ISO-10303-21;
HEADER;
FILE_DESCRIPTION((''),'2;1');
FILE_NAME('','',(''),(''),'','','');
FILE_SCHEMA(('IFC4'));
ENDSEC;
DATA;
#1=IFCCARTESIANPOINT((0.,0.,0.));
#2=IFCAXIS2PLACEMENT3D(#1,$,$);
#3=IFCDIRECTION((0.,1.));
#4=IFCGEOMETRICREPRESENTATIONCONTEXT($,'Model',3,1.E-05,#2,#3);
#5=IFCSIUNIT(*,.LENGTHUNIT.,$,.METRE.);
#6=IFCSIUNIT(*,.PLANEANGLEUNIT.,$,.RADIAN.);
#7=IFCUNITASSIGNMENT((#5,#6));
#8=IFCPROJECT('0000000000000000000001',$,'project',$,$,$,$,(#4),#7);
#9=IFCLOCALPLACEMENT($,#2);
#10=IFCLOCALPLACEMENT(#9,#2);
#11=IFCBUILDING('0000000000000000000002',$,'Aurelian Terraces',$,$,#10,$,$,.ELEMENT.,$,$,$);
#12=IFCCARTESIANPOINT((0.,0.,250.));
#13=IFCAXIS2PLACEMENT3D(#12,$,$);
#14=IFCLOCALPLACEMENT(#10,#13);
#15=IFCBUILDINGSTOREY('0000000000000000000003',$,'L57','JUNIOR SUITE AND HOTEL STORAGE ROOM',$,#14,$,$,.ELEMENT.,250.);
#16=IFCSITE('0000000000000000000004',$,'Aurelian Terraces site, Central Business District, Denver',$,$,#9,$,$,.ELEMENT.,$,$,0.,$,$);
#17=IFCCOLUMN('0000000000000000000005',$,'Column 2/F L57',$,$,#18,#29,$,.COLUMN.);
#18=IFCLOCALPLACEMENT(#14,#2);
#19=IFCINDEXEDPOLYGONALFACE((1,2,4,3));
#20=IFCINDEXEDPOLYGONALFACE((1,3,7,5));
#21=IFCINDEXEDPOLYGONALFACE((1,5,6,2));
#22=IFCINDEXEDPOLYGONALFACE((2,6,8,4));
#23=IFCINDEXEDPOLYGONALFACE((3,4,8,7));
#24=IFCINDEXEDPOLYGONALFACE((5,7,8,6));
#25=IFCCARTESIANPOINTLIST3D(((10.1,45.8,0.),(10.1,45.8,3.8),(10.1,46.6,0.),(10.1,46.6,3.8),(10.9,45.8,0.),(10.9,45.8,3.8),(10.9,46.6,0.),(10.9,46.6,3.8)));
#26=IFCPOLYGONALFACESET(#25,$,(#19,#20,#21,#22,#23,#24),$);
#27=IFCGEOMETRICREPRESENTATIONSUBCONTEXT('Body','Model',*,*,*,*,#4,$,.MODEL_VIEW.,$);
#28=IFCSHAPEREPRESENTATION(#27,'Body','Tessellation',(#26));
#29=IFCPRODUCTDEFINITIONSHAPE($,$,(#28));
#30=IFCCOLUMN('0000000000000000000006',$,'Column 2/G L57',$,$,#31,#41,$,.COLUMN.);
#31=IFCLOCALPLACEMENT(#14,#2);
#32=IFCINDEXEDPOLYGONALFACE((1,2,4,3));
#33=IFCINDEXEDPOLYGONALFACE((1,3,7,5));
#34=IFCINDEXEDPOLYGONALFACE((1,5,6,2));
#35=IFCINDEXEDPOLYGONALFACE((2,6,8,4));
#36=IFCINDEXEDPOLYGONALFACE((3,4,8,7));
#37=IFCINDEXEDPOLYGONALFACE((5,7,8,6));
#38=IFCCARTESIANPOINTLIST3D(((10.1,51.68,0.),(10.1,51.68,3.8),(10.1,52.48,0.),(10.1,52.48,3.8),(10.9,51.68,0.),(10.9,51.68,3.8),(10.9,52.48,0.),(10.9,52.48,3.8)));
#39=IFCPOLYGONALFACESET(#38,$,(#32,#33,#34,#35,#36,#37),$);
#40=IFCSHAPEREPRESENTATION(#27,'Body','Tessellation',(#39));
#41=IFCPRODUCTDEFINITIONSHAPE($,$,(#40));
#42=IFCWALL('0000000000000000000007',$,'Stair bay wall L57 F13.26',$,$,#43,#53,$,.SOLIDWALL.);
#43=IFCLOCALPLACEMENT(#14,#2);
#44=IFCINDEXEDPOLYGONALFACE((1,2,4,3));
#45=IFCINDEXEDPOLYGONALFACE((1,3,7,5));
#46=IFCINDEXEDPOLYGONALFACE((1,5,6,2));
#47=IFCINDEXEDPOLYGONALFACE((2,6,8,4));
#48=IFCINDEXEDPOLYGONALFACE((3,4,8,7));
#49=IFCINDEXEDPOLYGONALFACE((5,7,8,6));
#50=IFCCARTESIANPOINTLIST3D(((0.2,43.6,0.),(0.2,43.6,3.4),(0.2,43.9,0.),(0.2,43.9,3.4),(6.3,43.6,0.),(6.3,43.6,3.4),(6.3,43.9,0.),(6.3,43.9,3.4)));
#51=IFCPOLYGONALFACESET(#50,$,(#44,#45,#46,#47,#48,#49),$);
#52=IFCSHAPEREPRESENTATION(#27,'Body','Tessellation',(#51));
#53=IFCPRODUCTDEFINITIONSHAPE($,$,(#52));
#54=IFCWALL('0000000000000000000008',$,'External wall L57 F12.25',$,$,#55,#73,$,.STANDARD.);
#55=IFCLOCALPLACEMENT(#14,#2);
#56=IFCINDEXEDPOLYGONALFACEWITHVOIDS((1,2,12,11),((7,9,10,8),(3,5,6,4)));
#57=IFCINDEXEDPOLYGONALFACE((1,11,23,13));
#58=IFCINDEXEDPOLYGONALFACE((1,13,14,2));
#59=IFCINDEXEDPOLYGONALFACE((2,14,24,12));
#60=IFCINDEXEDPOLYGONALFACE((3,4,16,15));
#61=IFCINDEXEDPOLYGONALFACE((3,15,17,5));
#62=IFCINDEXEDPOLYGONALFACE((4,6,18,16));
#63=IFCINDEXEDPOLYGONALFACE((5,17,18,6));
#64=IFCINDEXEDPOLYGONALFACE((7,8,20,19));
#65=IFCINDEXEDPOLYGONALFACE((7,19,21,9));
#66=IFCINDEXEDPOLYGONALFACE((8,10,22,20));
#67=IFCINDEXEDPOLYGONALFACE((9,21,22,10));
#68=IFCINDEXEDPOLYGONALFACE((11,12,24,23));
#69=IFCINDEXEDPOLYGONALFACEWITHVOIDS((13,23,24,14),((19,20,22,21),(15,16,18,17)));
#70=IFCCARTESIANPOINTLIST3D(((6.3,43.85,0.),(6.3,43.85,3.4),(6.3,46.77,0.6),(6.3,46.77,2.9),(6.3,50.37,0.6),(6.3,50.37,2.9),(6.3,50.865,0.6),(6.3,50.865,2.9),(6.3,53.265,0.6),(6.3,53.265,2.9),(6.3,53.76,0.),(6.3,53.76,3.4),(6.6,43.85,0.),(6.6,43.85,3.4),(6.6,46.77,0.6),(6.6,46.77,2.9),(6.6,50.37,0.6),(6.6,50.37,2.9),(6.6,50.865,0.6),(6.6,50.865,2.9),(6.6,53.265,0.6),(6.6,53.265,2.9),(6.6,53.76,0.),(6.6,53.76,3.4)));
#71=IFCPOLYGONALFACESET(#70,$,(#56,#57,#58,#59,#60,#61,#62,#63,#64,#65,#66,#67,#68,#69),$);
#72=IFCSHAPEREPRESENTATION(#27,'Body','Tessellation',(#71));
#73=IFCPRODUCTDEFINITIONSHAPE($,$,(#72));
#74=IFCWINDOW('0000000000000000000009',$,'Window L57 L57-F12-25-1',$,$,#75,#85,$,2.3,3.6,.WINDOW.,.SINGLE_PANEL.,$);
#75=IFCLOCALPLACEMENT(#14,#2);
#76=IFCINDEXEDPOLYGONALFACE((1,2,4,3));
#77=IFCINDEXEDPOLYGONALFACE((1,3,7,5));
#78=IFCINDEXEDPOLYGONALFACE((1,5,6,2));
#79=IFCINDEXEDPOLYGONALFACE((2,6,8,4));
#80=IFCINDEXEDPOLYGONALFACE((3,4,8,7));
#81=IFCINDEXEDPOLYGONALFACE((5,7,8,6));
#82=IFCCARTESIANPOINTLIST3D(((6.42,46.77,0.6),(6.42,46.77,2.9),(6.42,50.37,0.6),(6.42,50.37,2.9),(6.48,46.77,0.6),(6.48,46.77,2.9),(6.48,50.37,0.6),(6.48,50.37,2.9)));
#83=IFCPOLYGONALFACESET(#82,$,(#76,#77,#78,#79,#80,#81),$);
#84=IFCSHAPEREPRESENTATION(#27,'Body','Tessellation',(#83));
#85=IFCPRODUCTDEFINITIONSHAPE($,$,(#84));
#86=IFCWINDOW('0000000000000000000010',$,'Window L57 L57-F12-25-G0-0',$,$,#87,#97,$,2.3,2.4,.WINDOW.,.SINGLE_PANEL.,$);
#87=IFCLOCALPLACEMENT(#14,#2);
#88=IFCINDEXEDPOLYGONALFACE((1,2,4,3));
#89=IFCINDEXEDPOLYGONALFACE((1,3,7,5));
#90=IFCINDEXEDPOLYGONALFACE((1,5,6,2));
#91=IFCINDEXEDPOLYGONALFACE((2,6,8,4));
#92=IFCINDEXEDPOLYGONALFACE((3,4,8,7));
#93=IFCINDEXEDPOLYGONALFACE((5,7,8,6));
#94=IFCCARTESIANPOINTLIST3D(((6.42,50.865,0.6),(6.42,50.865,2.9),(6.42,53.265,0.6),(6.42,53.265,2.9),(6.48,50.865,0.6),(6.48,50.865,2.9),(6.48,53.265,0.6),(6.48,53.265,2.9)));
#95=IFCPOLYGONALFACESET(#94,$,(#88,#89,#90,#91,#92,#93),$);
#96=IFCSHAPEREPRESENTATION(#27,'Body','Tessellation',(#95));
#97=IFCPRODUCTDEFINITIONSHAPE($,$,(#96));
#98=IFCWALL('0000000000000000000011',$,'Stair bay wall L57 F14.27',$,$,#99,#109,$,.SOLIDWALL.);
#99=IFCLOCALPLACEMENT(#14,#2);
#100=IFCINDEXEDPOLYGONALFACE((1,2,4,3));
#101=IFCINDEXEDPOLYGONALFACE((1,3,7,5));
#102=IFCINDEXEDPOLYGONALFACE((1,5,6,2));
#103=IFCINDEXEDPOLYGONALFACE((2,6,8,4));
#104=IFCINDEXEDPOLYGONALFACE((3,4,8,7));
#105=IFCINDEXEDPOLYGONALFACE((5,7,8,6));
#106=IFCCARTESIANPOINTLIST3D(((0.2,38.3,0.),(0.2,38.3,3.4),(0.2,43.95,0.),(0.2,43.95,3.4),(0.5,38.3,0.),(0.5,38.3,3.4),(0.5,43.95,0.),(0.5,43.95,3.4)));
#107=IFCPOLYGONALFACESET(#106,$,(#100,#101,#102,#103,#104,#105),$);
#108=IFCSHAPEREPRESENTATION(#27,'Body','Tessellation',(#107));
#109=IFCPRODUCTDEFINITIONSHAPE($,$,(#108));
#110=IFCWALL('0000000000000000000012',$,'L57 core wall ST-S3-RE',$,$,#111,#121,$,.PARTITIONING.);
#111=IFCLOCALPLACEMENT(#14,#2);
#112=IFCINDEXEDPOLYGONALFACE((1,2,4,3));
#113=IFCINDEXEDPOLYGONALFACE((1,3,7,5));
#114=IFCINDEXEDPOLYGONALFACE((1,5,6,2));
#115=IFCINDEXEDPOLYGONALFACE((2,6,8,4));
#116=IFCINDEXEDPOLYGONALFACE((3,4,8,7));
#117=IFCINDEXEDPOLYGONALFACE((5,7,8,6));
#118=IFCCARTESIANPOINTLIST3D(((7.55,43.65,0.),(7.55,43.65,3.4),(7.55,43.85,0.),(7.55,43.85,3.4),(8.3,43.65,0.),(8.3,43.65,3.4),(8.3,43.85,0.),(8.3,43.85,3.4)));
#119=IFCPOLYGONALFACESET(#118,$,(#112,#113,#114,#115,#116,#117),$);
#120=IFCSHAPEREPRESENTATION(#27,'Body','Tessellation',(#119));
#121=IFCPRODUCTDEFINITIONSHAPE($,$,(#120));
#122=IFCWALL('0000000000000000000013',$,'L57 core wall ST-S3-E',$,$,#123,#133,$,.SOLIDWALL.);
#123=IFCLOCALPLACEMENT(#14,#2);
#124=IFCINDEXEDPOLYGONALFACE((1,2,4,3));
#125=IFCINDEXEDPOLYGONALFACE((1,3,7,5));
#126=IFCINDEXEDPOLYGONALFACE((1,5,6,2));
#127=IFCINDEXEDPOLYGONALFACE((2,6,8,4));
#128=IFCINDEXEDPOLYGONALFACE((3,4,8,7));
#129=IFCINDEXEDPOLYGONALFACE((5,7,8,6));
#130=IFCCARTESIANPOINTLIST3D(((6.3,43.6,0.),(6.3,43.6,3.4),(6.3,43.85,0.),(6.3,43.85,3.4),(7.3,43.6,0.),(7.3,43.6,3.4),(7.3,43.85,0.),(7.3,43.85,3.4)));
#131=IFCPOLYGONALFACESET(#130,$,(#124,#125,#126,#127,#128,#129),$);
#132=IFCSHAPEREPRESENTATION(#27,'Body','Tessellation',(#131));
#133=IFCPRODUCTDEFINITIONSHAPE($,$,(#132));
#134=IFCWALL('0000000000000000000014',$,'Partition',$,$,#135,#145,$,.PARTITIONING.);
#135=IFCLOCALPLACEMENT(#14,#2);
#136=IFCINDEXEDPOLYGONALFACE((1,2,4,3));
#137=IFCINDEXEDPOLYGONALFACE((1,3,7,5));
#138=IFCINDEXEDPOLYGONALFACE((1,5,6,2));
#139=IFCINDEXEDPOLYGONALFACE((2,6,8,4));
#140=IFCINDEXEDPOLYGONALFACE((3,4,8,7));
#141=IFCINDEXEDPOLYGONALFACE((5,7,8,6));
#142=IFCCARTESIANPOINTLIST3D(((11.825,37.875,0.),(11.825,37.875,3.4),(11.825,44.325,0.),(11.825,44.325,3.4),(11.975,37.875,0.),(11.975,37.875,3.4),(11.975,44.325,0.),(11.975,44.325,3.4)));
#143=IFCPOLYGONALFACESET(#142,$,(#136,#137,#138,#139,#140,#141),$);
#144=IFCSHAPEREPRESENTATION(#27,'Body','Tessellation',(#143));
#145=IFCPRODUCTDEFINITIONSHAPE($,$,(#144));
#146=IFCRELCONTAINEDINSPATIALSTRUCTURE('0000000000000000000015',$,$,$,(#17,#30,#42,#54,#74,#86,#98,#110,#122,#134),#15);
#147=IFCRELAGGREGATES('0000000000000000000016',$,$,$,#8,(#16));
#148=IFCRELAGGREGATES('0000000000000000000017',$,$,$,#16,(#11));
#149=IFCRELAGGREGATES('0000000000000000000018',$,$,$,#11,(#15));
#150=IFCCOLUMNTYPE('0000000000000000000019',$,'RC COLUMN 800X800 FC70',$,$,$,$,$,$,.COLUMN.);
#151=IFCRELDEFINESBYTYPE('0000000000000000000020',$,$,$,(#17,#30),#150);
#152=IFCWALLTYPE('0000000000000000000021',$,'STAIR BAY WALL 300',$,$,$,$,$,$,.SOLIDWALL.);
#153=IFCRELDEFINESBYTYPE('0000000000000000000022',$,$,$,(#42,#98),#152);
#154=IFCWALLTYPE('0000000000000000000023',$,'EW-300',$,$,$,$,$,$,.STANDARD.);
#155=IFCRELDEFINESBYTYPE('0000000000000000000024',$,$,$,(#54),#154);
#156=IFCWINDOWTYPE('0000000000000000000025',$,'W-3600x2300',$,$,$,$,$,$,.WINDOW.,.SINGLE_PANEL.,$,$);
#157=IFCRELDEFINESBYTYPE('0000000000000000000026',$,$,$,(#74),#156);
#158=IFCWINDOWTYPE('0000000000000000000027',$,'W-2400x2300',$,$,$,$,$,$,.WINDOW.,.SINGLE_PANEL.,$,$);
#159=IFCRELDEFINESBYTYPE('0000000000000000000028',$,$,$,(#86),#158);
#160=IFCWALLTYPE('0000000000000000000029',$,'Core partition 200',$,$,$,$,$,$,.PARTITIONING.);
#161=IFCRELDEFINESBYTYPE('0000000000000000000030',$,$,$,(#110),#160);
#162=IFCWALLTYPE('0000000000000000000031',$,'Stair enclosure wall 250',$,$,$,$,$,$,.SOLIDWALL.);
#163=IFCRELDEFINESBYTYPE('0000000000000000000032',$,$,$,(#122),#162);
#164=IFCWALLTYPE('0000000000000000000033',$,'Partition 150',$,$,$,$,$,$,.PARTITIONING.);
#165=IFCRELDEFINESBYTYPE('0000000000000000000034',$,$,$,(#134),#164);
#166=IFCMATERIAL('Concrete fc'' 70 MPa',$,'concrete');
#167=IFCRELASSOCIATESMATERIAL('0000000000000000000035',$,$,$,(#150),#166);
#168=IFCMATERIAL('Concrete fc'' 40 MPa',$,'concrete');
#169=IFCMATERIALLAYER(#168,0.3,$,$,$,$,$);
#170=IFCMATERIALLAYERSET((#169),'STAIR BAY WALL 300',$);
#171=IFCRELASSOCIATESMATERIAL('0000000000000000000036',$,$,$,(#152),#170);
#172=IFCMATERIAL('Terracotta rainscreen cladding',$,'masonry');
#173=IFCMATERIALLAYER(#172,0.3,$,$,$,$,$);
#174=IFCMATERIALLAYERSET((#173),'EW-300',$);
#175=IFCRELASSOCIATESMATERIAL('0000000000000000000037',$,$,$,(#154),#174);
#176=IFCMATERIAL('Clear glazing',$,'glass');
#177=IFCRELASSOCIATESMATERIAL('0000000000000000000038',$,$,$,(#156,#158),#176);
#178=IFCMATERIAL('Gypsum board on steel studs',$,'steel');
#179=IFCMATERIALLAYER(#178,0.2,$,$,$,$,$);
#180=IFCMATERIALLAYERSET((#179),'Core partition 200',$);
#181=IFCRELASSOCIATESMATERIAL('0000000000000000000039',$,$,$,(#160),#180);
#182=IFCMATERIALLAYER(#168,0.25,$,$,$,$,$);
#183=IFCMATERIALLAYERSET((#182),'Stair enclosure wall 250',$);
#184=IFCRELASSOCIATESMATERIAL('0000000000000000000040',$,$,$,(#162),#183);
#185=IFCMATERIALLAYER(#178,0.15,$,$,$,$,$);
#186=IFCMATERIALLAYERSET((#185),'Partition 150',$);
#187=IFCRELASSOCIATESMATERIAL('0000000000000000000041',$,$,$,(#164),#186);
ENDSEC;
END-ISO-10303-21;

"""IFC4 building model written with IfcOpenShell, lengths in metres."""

from ifc_helpers import new_model, si_unit, direction, frame, frame_2d, origin, origin_2d, place, context, subcontext, project, spatial, rectangle, extrude, source, transform, mapped, material, layer, layer_set, material_profile, profile_set, type_object, element, fill, save


model = new_model("IFC4")

# Units and contexts
model_context = context("Model", 3, precision=1e-05, world=origin(), true_north=direction((0.0, 1.0)))
body_context = subcontext(model_context, "Body", "Model", "MODEL_VIEW")
ifc_project = project(units=[si_unit("LENGTHUNIT", "METRE"), si_unit("PLANEANGLEUNIT", "RADIAN")], contexts=[model_context])

# Site, building, storey
site_placement = place(None, origin())
site = spatial("IfcSite", under=ifc_project, at=site_placement, Name="Aurelian Terraces site, Central Business District, Denver", CompositionType="ELEMENT", RefElevation=0.0)
building_placement = place(site_placement, origin())
building = spatial("IfcBuilding", under=site, at=building_placement, Name="Aurelian Terraces", CompositionType="ELEMENT")
storey_placement = place(building_placement, frame((0.0, 0.0, 250.0)))
storey = spatial("IfcBuildingStorey", under=building, at=storey_placement, Name="L57", Description="JUNIOR SUITE AND HOTEL STORAGE ROOM", CompositionType="ELEMENT", Elevation=250.0)

# Columns
ifc_material_1 = material(Name="Concrete fc' 70 MPa", Category="concrete")
ifc_material_profile = material_profile(ifc_material_1, rectangle(XDim=0.8, YDim=0.8, at=origin_2d()))
ifc_profile_set = profile_set([ifc_material_profile], Name="Concrete fc' 70 MPa")
column_type = type_object("IfcColumnType", Name="RC COLUMN 800X800 FC70", PredefinedType="COLUMN", material=ifc_profile_set)
shared_shape_1 = source(origin(), body_context, "Body", "SweptSolid", [
    extrude(rectangle(XDim=0.8, YDim=0.8, at=origin_2d()), origin(), (0.0, 0.0, 1.0), 3.8),
])
for number, where, z_axis, x_axis, name in (
    (1, (10.5, 46.2, 0.0), (0.0, 0.0, 1.0), (1.0, 0.0, 0.0), "Column 2/F L57"),
    (2, (10.5, 52.08, 0.0), (0.0, 0.0, 1.0), (1.0, 0.0, 0.0), "Column 2/G L57"),
):
    element("IfcColumn", number, at=place(storey_placement, frame(where, z_axis=z_axis, x_axis=x_axis)), inside=storey, type_object=column_type, Name=name, PredefinedType="COLUMN", context=body_context, shape_type="MappedRepresentation", body=[
        mapped(shared_shape_1, transform((0.0, 0.0, 0.0), scale=1.0)),
    ])

# Wall
ifc_material_2 = material(Name="Concrete fc' 40 MPa", Category="concrete")
ifc_layer_1 = layer(ifc_material_2, 0.3)
ifc_layer_set_1 = layer_set([ifc_layer_1], Name="STAIR BAY WALL 300")
wall_type_1 = type_object("IfcWallType", Name="STAIR BAY WALL 300", PredefinedType="SOLIDWALL", material=ifc_layer_set_1)
shared_shape_2 = source(origin(), body_context, "Body", "SweptSolid", [
    extrude(rectangle(XDim=6.1, YDim=0.3, at=frame_2d((3.05, 0.0))), origin(), (0.0, 0.0, 1.0), 3.4),
])
wall_1_placement = place(storey_placement, frame((6.3, 43.75, 0.0), z_axis=(0.0, 0.0, 1.0), x_axis=(-1.0, 0.0, 0.0)))
element("IfcWall", 3, at=wall_1_placement, inside=storey, type_object=wall_type_1, Name="Stair bay wall L57 F13.26", PredefinedType="SOLIDWALL", context=body_context, shape_type="MappedRepresentation", body=[
    mapped(shared_shape_2, transform((0.0, 0.0, 0.0), scale=1.0)),
])

# Wall, openings, windows
ifc_material_3 = material(Name="Terracotta rainscreen cladding", Category="masonry")
ifc_layer_2 = layer(ifc_material_3, 0.3)
ifc_layer_set_2 = layer_set([ifc_layer_2], Name="EW-300")
wall_type_2 = type_object("IfcWallType", Name="EW-300", PredefinedType="STANDARD", material=ifc_layer_set_2)
shared_shape_3 = source(origin(), body_context, "Body", "SweptSolid", [
    extrude(rectangle(XDim=9.91, YDim=0.3, at=frame_2d((4.955, 0.0))), origin(), (0.0, 0.0, 1.0), 3.4),
])
wall_2_placement = place(storey_placement, frame((6.45, 53.76, 0.0), z_axis=(0.0, 0.0, 1.0), x_axis=(0.0, -1.0, 0.0)))
wall_2 = element("IfcWall", 4, at=wall_2_placement, inside=storey, type_object=wall_type_2, Name="External wall L57 F12.25", PredefinedType="STANDARD", context=body_context, shape_type="MappedRepresentation", body=[
    mapped(shared_shape_3, transform((0.0, 0.0, 0.0), scale=1.0)),
])
shared_shape_4 = source(origin(), body_context, "Body", "SweptSolid", [
    extrude(rectangle(XDim=3.6, YDim=2.3, at=frame_2d((1.8, 1.15))), frame((0.0, 0.16, 0.0), z_axis=(0.0, -1.0, 0.0), x_axis=(1.0, 0.0, 0.0)), (0.0, 0.0, 1.0), 0.32),
])
opening_1_placement = place(wall_2_placement, frame((3.39, 0.0, 0.6)))
opening_1 = element("IfcOpeningElement", 5, at=opening_1_placement, cuts=wall_2, PredefinedType="OPENING", context=body_context, shape_type="MappedRepresentation", body=[
    mapped(shared_shape_4, transform((0.0, 0.0, 0.0), scale=1.0)),
])
shared_shape_5 = source(origin(), body_context, "Body", "SweptSolid", [
    extrude(rectangle(XDim=2.4, YDim=2.3, at=frame_2d((1.2, 1.15))), frame((0.0, 0.16, 0.0), z_axis=(0.0, -1.0, 0.0), x_axis=(1.0, 0.0, 0.0)), (0.0, 0.0, 1.0), 0.32),
])
opening_2_placement = place(wall_2_placement, frame((0.495, 0.0, 0.6)))
opening_2 = element("IfcOpeningElement", 6, at=opening_2_placement, cuts=wall_2, PredefinedType="OPENING", context=body_context, shape_type="MappedRepresentation", body=[
    mapped(shared_shape_5, transform((0.0, 0.0, 0.0), scale=1.0)),
])
ifc_material_4 = material(Name="Clear glazing", Category="glass")
window_type_1 = type_object("IfcWindowType", Name="W-3600x2300", PartitioningType="SINGLE_PANEL", PredefinedType="WINDOW", material=ifc_material_4)
shared_shape_6 = source(origin(), body_context, "Body", "SweptSolid", [
    extrude(rectangle(XDim=3.6, YDim=2.3, at=frame_2d((1.8, 1.15))), frame((0.0, 0.03, 0.0), z_axis=(0.0, -1.0, 0.0), x_axis=(1.0, 0.0, 0.0)), (0.0, 0.0, 1.0), 0.06),
])
window_1_placement = place(opening_1_placement, origin())
window_1 = element("IfcWindow", 7, at=window_1_placement, inside=storey, type_object=window_type_1, Name="Window L57 L57-F12-25-1", OverallHeight=2.3, OverallWidth=3.6, PartitioningType="SINGLE_PANEL", PredefinedType="WINDOW", context=body_context, shape_type="MappedRepresentation", body=[
    mapped(shared_shape_6, transform((0.0, 0.0, 0.0), scale=1.0)),
])
fill(opening_1, window_1)
window_type_2 = type_object("IfcWindowType", Name="W-2400x2300", PartitioningType="SINGLE_PANEL", PredefinedType="WINDOW", material=ifc_material_4)
shared_shape_7 = source(origin(), body_context, "Body", "SweptSolid", [
    extrude(rectangle(XDim=2.4, YDim=2.3, at=frame_2d((1.2, 1.15))), frame((0.0, 0.03, 0.0), z_axis=(0.0, -1.0, 0.0), x_axis=(1.0, 0.0, 0.0)), (0.0, 0.0, 1.0), 0.06),
])
window_2_placement = place(opening_2_placement, origin())
window_2 = element("IfcWindow", 8, at=window_2_placement, inside=storey, type_object=window_type_2, Name="Window L57 L57-F12-25-G0-0", OverallHeight=2.3, OverallWidth=2.4, PartitioningType="SINGLE_PANEL", PredefinedType="WINDOW", context=body_context, shape_type="MappedRepresentation", body=[
    mapped(shared_shape_7, transform((0.0, 0.0, 0.0), scale=1.0)),
])
fill(opening_2, window_2)

# Walls
shared_shape_8 = source(origin(), body_context, "Body", "SweptSolid", [
    extrude(rectangle(XDim=5.65, YDim=0.3, at=frame_2d((2.825, 0.0))), origin(), (0.0, 0.0, 1.0), 3.4),
])
wall_3_placement = place(storey_placement, frame((0.35, 43.95, 0.0), z_axis=(0.0, 0.0, 1.0), x_axis=(0.0, -1.0, 0.0)))
element("IfcWall", 9, at=wall_3_placement, inside=storey, type_object=wall_type_1, Name="Stair bay wall L57 F14.27", PredefinedType="SOLIDWALL", context=body_context, shape_type="MappedRepresentation", body=[
    mapped(shared_shape_8, transform((0.0, 0.0, 0.0), scale=1.0)),
])
ifc_material_5 = material(Name="Gypsum board on steel studs", Category="steel")
ifc_layer_3 = layer(ifc_material_5, 0.2)
ifc_layer_set_3 = layer_set([ifc_layer_3], Name="Core partition 200")
wall_type_3 = type_object("IfcWallType", Name="Core partition 200", PredefinedType="PARTITIONING", material=ifc_layer_set_3)
shared_shape_9 = source(origin(), body_context, "Body", "SweptSolid", [
    extrude(rectangle(XDim=0.75, YDim=0.2, at=frame_2d((0.375, 0.0))), origin(), (0.0, 0.0, 1.0), 3.4),
])
wall_4_placement = place(storey_placement, frame((7.55, 43.75, 0.0), z_axis=(0.0, 0.0, 1.0), x_axis=(1.0, 0.0, 0.0)))
element("IfcWall", 10, at=wall_4_placement, inside=storey, type_object=wall_type_3, Name="L57 core wall ST-S3-RE", PredefinedType="PARTITIONING", context=body_context, shape_type="MappedRepresentation", body=[
    mapped(shared_shape_9, transform((0.0, 0.0, 0.0), scale=1.0)),
])
ifc_layer_4 = layer(ifc_material_2, 0.25)
ifc_layer_set_4 = layer_set([ifc_layer_4], Name="Stair enclosure wall 250")
wall_type_4 = type_object("IfcWallType", Name="Stair enclosure wall 250", PredefinedType="SOLIDWALL", material=ifc_layer_set_4)
shared_shape_10 = source(origin(), body_context, "Body", "SweptSolid", [
    extrude(rectangle(XDim=1.0, YDim=0.25, at=frame_2d((0.5, 0.0))), origin(), (0.0, 0.0, 1.0), 3.4),
])
wall_5_placement = place(storey_placement, frame((6.3, 43.725, 0.0), z_axis=(0.0, 0.0, 1.0), x_axis=(1.0, 0.0, 0.0)))
element("IfcWall", 11, at=wall_5_placement, inside=storey, type_object=wall_type_4, Name="L57 core wall ST-S3-E", PredefinedType="SOLIDWALL", context=body_context, shape_type="MappedRepresentation", body=[
    mapped(shared_shape_10, transform((0.0, 0.0, 0.0), scale=1.0)),
])
ifc_layer_5 = layer(ifc_material_5, 0.15)
ifc_layer_set_5 = layer_set([ifc_layer_5], Name="Partition 150")
wall_type_5 = type_object("IfcWallType", Name="Partition 150", PredefinedType="PARTITIONING", material=ifc_layer_set_5)
shared_shape_11 = source(origin(), body_context, "Body", "SweptSolid", [
    extrude(rectangle(XDim=6.45, YDim=0.15, at=frame_2d((3.225, 0.0))), origin(), (0.0, 0.0, 1.0), 3.4),
])
wall_6_placement = place(storey_placement, frame((11.9, 44.325, 0.0), z_axis=(0.0, 0.0, 1.0), x_axis=(0.0, -1.0, 0.0)))
element("IfcWall", 12, at=wall_6_placement, inside=storey, type_object=wall_type_5, Name="Partition", PredefinedType="PARTITIONING", context=body_context, shape_type="MappedRepresentation", body=[
    mapped(shared_shape_11, transform((0.0, 0.0, 0.0), scale=1.0)),
])

save(model, "model.ifc")
